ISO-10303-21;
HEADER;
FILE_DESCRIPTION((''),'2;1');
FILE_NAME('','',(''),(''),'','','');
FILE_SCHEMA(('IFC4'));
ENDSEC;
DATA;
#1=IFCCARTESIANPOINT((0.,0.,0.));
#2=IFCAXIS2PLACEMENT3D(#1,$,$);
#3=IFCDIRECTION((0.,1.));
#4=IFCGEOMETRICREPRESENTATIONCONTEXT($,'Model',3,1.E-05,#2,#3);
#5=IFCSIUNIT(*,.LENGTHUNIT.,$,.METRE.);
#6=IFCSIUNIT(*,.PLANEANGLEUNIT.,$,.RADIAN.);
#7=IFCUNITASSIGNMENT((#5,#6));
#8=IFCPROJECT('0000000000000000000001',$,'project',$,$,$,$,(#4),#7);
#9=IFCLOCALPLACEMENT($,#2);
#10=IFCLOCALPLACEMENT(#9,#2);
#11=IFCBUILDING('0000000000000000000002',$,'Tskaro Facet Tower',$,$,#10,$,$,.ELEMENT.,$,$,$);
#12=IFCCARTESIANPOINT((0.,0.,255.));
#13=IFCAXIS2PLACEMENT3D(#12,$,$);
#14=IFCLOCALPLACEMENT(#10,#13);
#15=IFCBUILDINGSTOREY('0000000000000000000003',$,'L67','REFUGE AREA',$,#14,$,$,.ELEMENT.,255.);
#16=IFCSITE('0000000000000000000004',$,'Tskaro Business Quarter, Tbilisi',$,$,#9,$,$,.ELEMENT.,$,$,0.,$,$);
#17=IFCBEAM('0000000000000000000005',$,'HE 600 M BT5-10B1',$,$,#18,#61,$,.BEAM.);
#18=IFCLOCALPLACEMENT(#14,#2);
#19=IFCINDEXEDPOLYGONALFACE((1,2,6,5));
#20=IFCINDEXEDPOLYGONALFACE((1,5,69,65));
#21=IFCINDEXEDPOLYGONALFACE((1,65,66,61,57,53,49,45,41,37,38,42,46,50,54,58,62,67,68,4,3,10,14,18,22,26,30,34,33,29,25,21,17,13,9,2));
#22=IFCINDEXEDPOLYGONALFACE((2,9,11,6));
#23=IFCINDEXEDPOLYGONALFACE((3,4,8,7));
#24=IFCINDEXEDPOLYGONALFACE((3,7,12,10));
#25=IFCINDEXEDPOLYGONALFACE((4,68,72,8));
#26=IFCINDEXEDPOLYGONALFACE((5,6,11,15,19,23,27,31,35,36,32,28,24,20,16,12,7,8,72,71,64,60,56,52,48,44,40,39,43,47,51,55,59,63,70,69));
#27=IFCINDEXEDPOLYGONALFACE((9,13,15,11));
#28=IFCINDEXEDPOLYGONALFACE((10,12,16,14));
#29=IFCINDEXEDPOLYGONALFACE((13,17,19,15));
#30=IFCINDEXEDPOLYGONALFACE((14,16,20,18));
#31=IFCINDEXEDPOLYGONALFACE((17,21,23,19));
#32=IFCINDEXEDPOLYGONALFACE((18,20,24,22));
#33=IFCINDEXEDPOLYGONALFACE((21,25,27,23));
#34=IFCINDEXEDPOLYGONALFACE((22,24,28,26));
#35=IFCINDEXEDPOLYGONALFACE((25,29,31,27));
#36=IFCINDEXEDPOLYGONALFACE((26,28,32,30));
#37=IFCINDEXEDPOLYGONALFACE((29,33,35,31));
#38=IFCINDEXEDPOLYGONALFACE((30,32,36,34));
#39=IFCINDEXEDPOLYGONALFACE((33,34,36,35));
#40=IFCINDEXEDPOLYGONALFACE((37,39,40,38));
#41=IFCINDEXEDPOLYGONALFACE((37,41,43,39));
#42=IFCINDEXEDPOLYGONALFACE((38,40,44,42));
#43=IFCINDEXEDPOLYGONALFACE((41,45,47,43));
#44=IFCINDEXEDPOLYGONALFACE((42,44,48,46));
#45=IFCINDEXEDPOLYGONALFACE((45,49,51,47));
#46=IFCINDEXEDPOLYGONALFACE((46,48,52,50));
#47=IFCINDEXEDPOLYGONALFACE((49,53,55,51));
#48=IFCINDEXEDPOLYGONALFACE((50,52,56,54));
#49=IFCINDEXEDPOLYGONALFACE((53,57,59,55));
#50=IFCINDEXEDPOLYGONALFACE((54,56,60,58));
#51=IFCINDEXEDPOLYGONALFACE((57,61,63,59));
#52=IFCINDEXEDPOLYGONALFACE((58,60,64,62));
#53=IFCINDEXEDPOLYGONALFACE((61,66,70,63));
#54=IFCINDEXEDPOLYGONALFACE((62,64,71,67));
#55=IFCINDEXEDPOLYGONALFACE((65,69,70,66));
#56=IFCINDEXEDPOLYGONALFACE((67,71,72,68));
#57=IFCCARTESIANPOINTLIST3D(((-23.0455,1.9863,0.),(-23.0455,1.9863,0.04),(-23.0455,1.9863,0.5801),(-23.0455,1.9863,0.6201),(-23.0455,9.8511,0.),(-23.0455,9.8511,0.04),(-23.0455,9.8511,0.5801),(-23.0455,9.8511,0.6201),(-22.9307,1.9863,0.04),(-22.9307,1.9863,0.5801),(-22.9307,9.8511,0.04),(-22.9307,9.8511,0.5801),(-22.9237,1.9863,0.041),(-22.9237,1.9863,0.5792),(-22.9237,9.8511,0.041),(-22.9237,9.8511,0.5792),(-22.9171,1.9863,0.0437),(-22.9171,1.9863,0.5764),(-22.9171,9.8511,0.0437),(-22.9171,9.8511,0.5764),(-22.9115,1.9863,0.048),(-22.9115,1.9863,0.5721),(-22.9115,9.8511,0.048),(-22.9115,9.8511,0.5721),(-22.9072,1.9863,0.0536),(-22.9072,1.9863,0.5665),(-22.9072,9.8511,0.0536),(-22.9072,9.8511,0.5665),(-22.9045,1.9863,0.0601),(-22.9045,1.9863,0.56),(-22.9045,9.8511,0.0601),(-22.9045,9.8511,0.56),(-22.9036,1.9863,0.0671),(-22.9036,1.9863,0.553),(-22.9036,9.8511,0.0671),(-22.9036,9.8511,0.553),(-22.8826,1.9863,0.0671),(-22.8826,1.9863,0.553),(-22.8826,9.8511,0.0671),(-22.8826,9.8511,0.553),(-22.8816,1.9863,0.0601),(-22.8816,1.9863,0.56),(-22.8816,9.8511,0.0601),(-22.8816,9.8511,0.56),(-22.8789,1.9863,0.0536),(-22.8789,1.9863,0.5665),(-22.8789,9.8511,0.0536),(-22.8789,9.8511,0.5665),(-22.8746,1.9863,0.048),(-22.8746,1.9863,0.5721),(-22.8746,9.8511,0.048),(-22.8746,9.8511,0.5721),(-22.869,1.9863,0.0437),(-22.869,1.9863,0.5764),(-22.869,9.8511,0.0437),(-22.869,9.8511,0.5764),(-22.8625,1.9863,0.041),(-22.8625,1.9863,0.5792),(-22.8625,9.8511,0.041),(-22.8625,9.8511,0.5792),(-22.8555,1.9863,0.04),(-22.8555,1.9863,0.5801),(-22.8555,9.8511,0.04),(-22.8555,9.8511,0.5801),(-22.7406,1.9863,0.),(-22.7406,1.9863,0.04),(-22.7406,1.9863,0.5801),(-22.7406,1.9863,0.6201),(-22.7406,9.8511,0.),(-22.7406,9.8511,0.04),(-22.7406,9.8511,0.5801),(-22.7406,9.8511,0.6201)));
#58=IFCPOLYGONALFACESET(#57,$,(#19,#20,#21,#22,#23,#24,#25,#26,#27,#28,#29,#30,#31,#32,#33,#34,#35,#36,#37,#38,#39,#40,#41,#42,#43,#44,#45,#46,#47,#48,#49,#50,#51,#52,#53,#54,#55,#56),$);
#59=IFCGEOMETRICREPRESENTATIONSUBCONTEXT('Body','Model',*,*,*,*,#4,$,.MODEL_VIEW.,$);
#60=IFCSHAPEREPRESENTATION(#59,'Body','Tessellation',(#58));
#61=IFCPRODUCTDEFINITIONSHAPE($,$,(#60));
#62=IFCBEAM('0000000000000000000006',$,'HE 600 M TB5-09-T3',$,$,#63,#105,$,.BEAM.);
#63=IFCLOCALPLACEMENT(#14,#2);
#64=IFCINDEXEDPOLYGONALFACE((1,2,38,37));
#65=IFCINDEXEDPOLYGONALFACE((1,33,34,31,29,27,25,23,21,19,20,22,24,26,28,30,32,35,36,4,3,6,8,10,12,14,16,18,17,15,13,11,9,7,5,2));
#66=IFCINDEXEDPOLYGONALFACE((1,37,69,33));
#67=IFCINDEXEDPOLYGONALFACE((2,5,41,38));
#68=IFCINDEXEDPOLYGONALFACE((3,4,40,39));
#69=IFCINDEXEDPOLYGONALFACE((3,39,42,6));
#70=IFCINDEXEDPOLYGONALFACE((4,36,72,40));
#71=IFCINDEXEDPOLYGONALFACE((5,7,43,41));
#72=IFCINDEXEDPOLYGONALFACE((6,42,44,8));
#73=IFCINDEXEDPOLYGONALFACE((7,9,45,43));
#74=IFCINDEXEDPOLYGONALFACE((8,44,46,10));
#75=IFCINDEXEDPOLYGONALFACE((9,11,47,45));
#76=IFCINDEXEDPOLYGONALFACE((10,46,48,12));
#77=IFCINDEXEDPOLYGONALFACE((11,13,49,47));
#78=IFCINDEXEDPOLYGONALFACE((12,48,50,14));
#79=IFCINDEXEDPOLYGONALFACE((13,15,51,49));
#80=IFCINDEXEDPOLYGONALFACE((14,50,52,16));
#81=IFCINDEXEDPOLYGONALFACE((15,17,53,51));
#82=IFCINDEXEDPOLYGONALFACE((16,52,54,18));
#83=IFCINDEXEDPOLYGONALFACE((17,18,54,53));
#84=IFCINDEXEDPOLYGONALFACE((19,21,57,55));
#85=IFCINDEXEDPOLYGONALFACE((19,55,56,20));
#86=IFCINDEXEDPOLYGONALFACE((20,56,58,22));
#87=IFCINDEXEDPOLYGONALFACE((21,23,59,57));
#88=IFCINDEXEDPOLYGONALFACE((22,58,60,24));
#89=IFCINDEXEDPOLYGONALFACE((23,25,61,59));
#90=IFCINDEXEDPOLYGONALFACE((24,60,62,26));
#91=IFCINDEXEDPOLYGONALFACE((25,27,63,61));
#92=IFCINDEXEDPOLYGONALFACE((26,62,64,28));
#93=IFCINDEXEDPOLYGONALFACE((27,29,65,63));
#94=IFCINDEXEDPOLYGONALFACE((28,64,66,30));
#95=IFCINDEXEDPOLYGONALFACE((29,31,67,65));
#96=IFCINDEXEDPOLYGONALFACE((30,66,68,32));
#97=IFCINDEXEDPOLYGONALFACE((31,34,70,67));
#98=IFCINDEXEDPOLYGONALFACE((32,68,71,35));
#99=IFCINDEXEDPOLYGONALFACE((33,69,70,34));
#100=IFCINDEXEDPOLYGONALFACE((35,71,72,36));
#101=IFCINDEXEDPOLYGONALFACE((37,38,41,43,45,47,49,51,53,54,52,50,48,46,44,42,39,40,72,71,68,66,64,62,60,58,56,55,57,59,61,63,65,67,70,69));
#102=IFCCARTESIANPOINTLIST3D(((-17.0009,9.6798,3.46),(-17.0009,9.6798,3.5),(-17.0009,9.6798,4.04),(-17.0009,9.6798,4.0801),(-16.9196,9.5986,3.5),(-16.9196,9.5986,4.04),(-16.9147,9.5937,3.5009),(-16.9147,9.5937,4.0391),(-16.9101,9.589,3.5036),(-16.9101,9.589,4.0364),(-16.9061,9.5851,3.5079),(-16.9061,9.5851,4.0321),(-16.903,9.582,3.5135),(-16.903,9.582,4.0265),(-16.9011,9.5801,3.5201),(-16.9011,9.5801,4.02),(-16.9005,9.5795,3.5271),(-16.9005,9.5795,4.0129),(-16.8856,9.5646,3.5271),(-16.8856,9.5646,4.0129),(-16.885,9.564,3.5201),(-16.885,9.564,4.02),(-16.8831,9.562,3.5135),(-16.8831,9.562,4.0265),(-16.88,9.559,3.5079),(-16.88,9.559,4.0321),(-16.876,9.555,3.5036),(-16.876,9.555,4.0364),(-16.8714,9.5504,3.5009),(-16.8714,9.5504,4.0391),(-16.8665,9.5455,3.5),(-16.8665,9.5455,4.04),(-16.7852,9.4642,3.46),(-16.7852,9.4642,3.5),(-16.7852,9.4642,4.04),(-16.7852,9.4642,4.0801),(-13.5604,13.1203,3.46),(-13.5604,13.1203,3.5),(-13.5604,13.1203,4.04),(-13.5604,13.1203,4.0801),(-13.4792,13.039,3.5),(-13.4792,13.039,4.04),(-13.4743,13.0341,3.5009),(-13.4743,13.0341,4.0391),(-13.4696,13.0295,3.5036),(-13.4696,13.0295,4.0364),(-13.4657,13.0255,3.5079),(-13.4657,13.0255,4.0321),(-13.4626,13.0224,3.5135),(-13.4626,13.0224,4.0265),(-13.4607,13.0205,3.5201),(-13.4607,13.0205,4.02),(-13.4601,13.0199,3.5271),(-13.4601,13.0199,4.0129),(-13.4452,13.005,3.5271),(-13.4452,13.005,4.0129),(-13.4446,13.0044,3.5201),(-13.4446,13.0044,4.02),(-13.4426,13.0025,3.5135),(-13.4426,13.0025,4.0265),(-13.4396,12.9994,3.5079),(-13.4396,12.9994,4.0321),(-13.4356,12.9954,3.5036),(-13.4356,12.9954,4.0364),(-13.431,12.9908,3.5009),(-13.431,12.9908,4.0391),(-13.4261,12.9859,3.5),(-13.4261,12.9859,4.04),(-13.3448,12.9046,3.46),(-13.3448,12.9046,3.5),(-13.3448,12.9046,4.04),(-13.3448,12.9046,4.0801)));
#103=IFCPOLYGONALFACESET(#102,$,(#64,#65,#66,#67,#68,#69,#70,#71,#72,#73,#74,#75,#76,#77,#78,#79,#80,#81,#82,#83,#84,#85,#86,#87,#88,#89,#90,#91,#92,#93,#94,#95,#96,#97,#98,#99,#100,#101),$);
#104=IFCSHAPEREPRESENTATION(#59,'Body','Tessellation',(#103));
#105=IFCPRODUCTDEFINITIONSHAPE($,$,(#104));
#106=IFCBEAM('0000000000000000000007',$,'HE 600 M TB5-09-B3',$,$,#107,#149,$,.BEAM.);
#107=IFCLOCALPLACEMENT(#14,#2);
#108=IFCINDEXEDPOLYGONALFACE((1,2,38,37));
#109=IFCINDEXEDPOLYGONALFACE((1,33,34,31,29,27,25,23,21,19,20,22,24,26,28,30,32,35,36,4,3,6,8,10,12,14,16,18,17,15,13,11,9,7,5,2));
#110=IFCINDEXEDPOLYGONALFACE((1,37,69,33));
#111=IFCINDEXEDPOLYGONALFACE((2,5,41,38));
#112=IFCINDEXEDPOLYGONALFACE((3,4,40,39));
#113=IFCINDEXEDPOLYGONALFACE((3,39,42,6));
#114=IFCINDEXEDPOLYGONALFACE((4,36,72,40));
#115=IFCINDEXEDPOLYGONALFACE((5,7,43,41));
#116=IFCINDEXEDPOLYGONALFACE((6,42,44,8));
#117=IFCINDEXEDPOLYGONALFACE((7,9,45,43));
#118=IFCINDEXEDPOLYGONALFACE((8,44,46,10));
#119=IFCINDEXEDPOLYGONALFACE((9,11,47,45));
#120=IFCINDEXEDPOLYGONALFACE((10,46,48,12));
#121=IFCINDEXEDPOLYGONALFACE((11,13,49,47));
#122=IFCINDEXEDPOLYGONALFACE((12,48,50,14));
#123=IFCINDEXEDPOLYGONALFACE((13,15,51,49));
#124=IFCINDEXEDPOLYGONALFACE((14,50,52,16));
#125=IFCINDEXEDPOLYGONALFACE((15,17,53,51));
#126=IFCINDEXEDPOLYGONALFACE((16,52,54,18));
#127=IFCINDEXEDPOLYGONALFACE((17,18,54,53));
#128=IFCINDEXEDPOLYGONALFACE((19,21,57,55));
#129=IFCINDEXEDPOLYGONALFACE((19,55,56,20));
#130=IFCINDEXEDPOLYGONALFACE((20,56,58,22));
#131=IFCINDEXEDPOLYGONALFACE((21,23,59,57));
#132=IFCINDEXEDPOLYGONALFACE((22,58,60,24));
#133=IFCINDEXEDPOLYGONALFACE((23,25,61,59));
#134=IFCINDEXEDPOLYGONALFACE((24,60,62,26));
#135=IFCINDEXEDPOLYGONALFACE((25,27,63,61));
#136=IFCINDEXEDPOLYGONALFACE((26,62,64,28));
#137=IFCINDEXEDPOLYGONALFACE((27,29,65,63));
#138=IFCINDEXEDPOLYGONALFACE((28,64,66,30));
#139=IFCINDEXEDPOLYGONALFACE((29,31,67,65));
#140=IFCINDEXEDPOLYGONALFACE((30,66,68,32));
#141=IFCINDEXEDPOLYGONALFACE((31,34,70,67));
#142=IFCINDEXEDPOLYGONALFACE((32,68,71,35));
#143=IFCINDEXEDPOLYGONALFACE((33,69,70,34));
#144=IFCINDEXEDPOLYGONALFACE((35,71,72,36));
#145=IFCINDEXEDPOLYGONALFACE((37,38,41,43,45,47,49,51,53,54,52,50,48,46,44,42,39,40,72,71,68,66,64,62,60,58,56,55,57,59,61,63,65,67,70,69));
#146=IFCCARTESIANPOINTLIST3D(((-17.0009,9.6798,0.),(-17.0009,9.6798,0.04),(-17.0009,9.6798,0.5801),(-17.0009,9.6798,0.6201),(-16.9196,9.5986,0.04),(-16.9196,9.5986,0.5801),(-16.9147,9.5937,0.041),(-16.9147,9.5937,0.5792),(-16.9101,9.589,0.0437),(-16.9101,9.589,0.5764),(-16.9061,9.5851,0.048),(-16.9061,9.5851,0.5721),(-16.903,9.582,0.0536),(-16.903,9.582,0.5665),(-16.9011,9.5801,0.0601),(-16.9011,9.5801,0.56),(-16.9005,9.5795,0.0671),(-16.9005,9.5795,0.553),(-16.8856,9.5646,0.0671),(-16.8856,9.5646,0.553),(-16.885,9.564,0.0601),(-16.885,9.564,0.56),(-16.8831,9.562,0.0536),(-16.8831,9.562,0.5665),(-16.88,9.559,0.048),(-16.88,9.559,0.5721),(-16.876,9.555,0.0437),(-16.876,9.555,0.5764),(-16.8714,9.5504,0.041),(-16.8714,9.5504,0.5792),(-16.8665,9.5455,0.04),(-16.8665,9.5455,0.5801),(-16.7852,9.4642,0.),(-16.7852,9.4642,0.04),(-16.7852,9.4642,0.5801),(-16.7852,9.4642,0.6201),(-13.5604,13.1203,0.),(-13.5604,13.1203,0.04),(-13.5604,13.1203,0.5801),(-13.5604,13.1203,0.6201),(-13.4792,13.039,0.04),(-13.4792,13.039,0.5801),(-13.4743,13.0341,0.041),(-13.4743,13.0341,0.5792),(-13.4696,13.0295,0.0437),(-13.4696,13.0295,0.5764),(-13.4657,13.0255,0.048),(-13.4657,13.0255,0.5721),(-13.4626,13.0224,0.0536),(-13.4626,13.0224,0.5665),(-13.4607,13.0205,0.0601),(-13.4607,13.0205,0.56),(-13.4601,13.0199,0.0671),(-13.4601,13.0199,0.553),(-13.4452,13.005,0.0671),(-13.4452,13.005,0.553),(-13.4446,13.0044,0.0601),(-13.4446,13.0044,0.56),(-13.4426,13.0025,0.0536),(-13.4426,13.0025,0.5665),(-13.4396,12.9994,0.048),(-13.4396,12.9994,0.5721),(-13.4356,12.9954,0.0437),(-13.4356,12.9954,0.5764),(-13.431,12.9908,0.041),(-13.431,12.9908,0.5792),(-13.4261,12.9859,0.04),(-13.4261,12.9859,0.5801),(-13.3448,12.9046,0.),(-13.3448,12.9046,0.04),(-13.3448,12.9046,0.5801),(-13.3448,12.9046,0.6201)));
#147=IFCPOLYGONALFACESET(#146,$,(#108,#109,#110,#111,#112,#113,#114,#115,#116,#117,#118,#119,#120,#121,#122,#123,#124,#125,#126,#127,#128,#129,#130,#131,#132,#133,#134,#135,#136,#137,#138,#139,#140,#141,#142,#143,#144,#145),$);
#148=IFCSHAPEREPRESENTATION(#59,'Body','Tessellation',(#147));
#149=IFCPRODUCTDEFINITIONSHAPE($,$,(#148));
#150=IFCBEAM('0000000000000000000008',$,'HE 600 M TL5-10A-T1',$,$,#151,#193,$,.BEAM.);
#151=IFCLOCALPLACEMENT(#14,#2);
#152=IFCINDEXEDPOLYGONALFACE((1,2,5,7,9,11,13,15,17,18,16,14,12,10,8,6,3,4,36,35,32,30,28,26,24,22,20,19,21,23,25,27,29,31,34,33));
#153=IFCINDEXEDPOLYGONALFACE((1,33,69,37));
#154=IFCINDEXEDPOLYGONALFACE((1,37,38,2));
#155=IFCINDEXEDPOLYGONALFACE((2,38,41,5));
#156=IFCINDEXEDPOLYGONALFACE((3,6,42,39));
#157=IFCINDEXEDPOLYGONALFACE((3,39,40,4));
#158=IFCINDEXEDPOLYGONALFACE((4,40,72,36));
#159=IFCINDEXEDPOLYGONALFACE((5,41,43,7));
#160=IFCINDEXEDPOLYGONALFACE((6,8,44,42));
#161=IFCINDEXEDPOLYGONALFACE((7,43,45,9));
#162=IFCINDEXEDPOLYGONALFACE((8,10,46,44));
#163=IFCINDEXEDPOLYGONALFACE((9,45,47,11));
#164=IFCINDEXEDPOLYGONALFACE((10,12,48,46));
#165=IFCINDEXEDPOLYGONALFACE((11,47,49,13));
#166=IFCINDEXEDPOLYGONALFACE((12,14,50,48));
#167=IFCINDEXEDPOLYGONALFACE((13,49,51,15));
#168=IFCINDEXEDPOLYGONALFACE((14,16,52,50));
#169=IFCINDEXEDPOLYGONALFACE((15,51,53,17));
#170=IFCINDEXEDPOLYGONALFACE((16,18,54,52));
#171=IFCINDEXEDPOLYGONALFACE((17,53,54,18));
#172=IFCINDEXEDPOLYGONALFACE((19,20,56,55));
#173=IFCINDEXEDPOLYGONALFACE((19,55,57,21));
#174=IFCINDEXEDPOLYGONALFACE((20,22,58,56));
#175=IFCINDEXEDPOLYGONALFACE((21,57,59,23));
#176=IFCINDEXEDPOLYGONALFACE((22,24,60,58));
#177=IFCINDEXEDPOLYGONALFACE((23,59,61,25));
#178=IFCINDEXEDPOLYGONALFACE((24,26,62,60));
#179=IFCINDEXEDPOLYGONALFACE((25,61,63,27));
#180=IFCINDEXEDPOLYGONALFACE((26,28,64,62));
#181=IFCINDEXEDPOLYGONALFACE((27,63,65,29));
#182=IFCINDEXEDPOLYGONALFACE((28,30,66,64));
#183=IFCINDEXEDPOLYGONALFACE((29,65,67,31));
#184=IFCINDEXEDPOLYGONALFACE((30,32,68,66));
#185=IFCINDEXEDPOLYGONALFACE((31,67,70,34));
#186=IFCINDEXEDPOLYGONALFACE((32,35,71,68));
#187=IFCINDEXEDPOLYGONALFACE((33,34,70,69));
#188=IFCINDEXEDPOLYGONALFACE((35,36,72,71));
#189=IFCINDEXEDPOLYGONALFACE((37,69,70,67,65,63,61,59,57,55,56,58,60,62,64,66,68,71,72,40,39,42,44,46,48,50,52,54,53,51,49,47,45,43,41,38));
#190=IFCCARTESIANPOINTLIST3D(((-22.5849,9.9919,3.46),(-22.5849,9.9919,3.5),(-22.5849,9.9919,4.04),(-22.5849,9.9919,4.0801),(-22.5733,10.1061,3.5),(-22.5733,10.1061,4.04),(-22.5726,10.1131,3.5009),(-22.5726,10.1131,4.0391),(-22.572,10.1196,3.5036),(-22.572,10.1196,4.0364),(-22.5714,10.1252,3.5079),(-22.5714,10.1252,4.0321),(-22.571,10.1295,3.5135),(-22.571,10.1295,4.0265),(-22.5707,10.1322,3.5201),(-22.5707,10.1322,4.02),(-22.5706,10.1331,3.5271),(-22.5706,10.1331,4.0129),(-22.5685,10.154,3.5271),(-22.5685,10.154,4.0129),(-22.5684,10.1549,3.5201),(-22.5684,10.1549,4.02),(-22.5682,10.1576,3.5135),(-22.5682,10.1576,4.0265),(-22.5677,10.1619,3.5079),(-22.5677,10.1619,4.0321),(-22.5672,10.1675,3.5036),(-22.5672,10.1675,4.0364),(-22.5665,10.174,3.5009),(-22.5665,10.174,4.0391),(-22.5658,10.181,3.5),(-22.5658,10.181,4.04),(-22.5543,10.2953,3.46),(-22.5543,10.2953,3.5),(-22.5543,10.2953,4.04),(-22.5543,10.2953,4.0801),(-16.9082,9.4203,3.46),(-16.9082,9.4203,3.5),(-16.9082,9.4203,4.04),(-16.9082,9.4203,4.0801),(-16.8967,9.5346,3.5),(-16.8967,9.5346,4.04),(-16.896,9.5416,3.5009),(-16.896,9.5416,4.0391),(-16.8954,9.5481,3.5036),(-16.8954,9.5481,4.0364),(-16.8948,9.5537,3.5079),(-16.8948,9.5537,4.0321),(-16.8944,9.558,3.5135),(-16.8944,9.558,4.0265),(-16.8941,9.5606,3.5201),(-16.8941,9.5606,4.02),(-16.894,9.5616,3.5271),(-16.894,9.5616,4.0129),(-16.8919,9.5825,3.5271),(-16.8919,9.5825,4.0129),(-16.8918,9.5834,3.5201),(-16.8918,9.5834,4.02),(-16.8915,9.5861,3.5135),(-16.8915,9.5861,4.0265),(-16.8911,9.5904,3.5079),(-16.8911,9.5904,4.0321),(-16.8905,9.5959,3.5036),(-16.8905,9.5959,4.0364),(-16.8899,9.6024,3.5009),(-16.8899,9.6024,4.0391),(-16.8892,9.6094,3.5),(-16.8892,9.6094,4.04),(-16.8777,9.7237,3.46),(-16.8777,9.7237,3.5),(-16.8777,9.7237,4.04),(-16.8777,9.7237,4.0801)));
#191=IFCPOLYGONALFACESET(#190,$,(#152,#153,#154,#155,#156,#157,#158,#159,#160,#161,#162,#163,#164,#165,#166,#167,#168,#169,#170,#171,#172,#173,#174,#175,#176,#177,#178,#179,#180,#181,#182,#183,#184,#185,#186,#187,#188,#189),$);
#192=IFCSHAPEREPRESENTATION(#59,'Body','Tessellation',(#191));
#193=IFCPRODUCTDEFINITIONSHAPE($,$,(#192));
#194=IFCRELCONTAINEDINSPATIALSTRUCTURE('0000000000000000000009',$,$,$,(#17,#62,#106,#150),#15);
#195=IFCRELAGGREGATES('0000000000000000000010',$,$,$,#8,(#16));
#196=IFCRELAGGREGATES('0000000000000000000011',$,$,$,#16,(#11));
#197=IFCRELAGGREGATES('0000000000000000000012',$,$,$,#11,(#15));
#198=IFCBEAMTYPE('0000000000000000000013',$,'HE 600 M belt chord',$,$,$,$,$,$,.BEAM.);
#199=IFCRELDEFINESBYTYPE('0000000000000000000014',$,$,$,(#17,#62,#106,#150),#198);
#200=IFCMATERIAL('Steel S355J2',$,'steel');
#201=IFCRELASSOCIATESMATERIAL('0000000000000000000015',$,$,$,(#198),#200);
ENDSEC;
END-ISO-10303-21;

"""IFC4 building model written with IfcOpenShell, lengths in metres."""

from ifc_helpers import new_model, si_unit, direction, frame, origin, origin_2d, place, context, subcontext, project, spatial, i_section, extrude, material, material_profile, profile_set, type_object, element, save


model = new_model("IFC4")

# Units and contexts
model_context = context("Model", 3, precision=1e-05, world=origin(), true_north=direction((0.0, 1.0)))
body_context = subcontext(model_context, "Body", "Model", "MODEL_VIEW")
ifc_project = project(units=[si_unit("LENGTHUNIT", "METRE"), si_unit("PLANEANGLEUNIT", "RADIAN")], contexts=[model_context])

# Site, building, storey
site_placement = place(None, origin())
site = spatial("IfcSite", under=ifc_project, at=site_placement, Name="Tskaro Business Quarter, Tbilisi", CompositionType="ELEMENT", RefElevation=0.0)
building_placement = place(site_placement, origin())
building = spatial("IfcBuilding", under=site, at=building_placement, Name="Tskaro Facet Tower", CompositionType="ELEMENT")
storey_placement = place(building_placement, frame((0.0, 0.0, 255.0)))
storey = spatial("IfcBuildingStorey", under=building, at=storey_placement, Name="L67", Description="REFUGE AREA", CompositionType="ELEMENT", Elevation=255.0)

# Shared definitions
ifc_material_1 = material(Name="Steel S355J2", Category="steel")

# Beams
ifc_material_profile_1 = material_profile(ifc_material_1, i_section(OverallWidth=0.3049, OverallDepth=0.6201, WebThickness=0.021, FlangeThickness=0.04, FilletRadius=0.0271, at=origin_2d()), Name="HE 600 M")
ifc_profile_set_1 = profile_set([ifc_material_profile_1], Name="Steel S355J2")
beam_type_1 = type_object("IfcBeamType", Name="HE 600 M belt chord", PredefinedType="BEAM", material=ifc_profile_set_1)
beam_1_placement = place(storey_placement, frame((-22.8931, 9.8511, 0.3101), z_axis=(0.0, -1.0, 0.0), x_axis=(1.0, 0.0, 0.0)))
element("IfcBeam", 1, at=beam_1_placement, inside=storey, type_object=beam_type_1, Name="HE 600 M BT5-10B1", PredefinedType="BEAM", context=body_context, shape_type="SweptSolid", body=[
    extrude(i_section(OverallWidth=0.3049, OverallDepth=0.6201, WebThickness=0.021, FlangeThickness=0.04, FilletRadius=0.0271, at=origin_2d()), origin(), (0.0, 0.0, 1.0), 7.8647),
])
for number, where, z_axis, x_axis, name in (
    (2, (-13.4526, 13.0125, 3.77), (-0.707107, -0.707107, 0.0), (0.707107, -0.707107, 0.0), "HE 600 M TB5-09-T3"),
    (3, (-13.4526, 13.0125, 0.3101), (-0.707107, -0.707107, 0.0), (0.707107, -0.707107, 0.0), "HE 600 M TB5-09-B3"),
):
    element("IfcBeam", number, at=place(storey_placement, frame(where, z_axis=z_axis, x_axis=x_axis)), inside=storey, type_object=beam_type_1, Name=name, PredefinedType="BEAM", context=body_context, shape_type="SweptSolid", body=[
        extrude(i_section(OverallWidth=0.3049, OverallDepth=0.6201, WebThickness=0.021, FlangeThickness=0.04, FilletRadius=0.0271, at=origin_2d()), origin(), (0.0, 0.0, 1.0), 4.8655),
    ])
for number, where, z_axis, x_axis, name in (
    (4, (-22.5696, 10.1436, 3.77), (0.99497, -0.100177, 0.0), (0.100177, 0.99497, 0.0), "HE 600 M TL5-10A-T1"),
):
    element("IfcBeam", number, at=place(storey_placement, frame(where, z_axis=z_axis, x_axis=x_axis)), inside=storey, type_object=beam_type_1, Name=name, PredefinedType="BEAM", context=body_context, shape_type="SweptSolid", body=[
        extrude(i_section(OverallWidth=0.3049, OverallDepth=0.6201, WebThickness=0.021, FlangeThickness=0.04, FilletRadius=0.0271, at=origin_2d()), origin(), (0.0, 0.0, 1.0), 5.7053),
    ])

save(model, "model.ifc")
